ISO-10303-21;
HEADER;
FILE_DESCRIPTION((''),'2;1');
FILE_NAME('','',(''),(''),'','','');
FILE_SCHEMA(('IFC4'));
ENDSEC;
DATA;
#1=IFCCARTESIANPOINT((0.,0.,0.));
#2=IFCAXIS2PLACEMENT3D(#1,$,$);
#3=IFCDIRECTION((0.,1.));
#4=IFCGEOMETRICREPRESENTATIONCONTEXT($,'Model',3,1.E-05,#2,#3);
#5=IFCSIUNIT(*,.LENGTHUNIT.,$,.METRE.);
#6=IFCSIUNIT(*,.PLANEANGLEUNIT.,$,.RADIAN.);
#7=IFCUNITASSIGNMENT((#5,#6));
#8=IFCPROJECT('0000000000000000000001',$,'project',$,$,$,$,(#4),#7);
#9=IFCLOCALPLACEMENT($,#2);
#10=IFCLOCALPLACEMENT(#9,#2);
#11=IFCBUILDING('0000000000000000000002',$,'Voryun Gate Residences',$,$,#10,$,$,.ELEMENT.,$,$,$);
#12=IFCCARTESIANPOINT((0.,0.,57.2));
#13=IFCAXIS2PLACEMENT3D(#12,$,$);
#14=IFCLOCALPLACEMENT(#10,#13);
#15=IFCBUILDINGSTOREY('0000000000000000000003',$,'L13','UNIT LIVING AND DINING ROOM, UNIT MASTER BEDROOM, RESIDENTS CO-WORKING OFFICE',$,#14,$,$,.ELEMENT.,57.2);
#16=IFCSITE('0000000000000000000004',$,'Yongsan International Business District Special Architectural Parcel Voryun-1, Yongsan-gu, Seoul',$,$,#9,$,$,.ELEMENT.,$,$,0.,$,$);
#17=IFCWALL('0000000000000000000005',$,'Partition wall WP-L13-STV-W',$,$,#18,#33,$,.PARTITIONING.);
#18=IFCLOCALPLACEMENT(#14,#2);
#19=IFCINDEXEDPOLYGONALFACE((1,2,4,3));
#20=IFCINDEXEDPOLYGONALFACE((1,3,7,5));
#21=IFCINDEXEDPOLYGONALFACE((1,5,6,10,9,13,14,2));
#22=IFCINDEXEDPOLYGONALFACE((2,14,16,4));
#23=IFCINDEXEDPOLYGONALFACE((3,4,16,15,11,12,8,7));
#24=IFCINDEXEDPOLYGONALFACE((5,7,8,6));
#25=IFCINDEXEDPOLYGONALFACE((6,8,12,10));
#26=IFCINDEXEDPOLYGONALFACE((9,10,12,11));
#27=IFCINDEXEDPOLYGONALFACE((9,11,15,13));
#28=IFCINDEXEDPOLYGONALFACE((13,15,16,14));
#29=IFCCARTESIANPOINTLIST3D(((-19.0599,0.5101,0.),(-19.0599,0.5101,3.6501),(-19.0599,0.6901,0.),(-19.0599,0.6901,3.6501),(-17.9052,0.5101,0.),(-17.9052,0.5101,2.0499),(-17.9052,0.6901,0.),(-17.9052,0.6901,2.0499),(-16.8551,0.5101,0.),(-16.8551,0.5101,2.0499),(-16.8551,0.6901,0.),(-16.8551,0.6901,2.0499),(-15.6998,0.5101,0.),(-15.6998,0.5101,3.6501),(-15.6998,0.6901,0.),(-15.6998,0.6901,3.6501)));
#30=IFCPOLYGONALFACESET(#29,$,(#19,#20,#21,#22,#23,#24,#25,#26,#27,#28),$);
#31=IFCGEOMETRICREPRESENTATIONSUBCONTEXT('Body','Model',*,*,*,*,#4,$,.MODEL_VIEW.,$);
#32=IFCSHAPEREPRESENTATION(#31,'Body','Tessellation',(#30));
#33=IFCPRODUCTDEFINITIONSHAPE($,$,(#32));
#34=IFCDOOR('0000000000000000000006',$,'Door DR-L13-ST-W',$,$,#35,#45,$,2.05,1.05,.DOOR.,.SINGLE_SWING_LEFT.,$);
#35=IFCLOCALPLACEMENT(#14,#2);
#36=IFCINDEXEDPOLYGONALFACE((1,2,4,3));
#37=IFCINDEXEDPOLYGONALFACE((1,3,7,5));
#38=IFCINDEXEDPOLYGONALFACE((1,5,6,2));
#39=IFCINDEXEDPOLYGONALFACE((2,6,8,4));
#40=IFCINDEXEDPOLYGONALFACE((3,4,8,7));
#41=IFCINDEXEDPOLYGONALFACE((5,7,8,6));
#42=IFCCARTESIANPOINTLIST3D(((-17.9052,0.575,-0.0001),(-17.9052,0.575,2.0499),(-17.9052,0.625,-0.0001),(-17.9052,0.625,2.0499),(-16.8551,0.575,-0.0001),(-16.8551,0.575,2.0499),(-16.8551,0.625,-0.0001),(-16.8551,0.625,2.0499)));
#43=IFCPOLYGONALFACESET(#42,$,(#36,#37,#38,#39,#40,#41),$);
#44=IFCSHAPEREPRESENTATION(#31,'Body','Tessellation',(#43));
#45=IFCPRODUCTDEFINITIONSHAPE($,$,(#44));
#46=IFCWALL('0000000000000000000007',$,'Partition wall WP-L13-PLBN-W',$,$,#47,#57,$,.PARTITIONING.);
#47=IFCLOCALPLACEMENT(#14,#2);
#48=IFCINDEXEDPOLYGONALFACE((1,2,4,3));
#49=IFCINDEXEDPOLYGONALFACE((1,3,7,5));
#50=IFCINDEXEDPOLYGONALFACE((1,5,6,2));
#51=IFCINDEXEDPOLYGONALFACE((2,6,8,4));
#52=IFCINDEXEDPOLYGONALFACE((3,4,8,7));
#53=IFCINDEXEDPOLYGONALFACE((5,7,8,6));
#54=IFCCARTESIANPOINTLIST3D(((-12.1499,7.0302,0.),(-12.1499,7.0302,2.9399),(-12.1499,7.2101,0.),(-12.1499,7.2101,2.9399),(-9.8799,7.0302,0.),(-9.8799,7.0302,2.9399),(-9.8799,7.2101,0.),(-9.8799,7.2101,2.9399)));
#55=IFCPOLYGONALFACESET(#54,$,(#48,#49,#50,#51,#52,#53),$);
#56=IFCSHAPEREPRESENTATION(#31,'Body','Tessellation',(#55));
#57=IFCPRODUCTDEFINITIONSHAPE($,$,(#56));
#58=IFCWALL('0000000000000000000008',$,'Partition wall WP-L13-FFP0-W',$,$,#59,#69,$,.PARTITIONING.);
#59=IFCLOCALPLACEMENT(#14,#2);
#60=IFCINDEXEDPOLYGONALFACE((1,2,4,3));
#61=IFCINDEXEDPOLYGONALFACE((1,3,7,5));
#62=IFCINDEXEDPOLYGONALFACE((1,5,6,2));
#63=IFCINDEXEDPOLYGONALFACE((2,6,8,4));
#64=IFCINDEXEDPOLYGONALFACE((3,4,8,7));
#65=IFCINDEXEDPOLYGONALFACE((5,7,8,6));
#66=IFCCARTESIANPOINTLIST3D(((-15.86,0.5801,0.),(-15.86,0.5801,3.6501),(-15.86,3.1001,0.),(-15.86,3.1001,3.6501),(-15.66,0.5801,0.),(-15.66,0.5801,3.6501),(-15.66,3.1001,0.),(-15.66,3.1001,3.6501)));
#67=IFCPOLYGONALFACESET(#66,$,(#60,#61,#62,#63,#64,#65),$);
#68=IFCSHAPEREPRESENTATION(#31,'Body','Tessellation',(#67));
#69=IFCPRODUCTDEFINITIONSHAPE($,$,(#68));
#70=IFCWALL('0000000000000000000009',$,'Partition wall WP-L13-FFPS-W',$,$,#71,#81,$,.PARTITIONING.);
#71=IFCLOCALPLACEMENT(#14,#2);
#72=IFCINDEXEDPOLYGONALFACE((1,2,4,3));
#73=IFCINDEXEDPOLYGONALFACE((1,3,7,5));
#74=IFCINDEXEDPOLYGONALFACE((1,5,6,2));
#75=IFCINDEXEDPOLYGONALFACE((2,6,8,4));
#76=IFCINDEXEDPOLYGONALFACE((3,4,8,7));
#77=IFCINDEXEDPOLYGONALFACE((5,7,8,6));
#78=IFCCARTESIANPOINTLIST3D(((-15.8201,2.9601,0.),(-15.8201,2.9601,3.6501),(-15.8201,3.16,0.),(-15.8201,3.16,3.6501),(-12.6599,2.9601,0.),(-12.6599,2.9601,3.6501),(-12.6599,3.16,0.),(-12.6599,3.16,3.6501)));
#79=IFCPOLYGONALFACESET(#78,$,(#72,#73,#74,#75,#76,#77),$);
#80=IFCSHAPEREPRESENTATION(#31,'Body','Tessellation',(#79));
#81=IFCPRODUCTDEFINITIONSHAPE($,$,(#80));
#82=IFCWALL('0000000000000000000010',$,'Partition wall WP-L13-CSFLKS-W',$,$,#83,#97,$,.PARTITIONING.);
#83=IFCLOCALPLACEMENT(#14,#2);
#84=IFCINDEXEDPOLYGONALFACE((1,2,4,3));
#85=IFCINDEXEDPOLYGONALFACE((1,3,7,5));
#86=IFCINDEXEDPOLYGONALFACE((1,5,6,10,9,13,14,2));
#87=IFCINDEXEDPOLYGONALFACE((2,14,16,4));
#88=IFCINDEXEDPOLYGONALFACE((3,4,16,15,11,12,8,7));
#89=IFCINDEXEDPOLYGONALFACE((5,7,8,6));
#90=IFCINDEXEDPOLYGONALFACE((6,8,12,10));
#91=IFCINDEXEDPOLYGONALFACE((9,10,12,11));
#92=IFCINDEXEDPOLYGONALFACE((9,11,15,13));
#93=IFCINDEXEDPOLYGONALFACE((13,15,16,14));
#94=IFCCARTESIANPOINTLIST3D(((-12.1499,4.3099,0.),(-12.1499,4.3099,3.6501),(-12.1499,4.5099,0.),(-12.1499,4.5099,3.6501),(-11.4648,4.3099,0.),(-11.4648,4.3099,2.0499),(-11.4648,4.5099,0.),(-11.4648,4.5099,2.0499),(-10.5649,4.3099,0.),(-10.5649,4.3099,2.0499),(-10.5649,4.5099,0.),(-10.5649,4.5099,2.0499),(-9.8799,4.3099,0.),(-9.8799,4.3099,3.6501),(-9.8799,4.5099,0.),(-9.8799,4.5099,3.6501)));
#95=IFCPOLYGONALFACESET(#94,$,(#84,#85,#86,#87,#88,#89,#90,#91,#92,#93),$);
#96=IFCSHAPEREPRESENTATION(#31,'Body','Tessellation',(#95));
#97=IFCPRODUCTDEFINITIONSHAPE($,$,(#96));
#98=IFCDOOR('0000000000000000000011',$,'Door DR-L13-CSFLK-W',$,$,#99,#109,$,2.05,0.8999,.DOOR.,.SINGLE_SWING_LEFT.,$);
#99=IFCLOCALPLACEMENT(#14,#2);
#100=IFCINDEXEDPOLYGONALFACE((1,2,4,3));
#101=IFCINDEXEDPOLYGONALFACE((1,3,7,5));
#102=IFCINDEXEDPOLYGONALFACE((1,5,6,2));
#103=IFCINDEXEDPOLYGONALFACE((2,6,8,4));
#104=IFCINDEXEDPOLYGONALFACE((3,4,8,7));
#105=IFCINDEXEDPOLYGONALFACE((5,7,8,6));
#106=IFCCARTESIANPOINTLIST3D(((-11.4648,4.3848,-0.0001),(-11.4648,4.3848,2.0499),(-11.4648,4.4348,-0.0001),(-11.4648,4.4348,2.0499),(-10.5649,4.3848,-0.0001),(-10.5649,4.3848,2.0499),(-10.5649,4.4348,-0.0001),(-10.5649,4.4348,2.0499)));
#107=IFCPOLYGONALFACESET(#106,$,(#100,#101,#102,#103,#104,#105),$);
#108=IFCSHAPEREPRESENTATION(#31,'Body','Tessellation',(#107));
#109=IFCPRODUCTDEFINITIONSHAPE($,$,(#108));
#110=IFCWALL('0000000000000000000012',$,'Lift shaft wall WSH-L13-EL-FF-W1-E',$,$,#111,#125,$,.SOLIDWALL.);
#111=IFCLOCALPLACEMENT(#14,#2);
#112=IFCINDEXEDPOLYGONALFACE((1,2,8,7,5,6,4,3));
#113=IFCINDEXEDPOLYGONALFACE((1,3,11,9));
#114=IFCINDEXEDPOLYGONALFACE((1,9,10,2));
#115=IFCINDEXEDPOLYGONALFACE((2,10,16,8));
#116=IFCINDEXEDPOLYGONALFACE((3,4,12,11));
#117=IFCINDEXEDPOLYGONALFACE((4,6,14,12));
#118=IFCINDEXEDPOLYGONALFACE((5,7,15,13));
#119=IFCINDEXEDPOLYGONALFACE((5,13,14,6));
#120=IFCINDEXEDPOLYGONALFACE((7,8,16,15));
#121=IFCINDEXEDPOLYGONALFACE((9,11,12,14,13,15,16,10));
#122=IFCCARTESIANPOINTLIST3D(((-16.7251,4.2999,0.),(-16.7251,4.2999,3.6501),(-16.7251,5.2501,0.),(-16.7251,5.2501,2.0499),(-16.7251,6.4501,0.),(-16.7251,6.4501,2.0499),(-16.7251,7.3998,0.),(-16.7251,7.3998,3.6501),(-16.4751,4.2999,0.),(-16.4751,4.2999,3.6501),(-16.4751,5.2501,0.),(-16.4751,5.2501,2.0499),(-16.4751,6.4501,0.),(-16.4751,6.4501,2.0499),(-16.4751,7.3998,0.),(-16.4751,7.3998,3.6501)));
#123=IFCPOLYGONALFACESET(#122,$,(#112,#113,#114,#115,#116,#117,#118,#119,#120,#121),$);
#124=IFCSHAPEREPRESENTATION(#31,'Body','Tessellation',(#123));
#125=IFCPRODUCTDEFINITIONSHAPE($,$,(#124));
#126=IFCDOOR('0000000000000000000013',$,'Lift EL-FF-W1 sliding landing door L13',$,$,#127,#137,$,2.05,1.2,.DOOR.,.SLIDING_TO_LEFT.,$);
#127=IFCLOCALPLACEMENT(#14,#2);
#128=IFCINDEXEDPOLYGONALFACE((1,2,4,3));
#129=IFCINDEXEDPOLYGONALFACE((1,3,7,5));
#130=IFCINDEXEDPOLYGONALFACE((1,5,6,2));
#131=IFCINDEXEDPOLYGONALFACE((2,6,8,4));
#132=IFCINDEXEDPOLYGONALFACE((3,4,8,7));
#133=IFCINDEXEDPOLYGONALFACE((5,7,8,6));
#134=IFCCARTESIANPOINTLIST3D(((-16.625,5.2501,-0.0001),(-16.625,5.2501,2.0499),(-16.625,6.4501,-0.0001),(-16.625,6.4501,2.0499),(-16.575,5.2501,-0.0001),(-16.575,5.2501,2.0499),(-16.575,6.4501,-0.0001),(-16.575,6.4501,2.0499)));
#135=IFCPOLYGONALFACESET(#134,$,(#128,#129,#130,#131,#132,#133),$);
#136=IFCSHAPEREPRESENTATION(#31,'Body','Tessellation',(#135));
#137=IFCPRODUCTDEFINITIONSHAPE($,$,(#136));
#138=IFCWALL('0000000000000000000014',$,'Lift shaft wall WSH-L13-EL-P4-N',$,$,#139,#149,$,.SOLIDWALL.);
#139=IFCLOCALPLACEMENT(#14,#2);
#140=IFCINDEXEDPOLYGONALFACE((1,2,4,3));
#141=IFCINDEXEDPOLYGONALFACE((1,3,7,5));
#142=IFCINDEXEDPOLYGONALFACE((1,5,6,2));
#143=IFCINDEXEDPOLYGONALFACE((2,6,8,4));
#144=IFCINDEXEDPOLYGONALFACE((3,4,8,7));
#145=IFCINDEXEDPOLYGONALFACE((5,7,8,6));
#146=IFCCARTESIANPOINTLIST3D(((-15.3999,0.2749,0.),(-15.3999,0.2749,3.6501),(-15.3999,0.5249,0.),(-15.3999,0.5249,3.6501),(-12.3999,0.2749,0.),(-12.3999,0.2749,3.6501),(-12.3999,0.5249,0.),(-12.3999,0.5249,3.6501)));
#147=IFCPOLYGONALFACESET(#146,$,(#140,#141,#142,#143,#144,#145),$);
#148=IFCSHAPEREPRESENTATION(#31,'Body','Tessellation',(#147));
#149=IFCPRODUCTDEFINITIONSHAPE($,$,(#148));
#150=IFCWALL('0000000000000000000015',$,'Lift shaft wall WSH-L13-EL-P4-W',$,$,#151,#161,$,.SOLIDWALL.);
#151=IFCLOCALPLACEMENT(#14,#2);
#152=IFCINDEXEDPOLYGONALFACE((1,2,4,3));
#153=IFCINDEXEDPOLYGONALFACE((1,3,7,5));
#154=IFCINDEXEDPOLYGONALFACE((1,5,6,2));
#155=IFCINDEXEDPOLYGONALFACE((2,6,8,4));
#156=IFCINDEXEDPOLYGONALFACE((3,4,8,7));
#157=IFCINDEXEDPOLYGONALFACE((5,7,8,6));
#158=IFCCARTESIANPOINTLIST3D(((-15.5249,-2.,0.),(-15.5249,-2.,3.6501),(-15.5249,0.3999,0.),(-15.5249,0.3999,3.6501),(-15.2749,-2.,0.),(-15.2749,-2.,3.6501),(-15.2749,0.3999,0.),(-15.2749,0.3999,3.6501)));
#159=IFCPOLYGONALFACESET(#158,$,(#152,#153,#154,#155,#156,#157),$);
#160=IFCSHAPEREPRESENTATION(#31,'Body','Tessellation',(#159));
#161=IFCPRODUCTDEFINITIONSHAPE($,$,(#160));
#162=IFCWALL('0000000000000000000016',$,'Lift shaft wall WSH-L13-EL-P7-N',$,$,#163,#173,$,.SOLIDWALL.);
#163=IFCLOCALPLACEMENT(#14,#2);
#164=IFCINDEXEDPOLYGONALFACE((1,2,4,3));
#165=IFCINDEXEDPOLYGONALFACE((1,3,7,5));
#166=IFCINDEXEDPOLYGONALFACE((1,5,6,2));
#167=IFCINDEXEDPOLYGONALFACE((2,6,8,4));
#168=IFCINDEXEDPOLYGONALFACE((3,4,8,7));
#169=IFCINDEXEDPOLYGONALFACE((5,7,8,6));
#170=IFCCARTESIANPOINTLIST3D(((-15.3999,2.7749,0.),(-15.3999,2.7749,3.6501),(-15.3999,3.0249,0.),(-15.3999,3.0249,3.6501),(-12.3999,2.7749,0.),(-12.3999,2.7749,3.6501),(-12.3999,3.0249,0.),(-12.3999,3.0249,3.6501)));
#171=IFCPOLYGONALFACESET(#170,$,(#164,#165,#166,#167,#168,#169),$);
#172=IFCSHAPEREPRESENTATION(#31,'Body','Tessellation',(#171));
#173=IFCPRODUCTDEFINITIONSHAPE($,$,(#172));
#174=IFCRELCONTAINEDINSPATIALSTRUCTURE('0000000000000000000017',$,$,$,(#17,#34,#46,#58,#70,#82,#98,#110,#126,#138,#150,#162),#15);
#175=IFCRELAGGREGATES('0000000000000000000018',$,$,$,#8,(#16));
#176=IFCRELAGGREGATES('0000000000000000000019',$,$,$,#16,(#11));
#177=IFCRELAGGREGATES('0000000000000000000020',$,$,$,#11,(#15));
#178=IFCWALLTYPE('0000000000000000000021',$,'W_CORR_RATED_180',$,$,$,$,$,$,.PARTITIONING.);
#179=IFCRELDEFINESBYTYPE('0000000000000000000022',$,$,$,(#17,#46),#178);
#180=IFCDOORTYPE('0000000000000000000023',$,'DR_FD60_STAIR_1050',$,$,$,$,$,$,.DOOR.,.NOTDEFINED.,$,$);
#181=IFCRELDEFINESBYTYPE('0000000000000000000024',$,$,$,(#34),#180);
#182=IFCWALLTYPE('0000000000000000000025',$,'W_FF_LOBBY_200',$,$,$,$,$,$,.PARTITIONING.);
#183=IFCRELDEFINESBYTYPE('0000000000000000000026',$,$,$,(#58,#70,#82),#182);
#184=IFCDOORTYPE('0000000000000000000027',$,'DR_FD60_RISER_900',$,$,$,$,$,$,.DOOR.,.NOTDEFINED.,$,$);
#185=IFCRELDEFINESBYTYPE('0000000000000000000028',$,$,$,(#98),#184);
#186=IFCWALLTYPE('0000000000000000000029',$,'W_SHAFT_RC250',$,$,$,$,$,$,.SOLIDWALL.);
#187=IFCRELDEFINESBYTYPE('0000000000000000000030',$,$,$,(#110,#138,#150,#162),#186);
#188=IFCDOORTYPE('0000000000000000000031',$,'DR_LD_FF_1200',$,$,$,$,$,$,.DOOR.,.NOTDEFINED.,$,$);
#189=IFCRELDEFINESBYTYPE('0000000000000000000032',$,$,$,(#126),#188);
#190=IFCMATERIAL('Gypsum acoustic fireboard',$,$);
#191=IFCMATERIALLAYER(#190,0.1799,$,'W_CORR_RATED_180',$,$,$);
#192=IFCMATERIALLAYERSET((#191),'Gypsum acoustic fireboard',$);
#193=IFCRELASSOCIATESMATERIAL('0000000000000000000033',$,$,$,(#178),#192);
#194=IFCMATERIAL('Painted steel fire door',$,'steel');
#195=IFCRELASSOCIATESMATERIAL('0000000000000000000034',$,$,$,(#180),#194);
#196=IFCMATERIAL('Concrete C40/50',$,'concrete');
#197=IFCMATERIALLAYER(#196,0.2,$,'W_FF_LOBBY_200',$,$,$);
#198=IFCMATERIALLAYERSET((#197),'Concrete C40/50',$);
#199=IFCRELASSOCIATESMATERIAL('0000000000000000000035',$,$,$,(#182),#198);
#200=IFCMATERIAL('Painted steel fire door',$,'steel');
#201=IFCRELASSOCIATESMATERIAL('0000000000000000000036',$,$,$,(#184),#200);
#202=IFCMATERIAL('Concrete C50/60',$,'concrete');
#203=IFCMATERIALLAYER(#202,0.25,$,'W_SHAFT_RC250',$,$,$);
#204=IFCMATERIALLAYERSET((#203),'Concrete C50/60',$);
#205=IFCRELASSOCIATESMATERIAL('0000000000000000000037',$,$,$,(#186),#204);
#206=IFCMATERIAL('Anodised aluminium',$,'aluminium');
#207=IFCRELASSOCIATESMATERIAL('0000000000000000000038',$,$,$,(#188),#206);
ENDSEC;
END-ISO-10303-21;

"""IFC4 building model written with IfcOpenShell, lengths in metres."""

from ifc_helpers import new_model, si_unit, direction, frame, frame_2d, origin, place, context, subcontext, project, spatial, rectangle, extrude, material, layer, layer_set, type_object, element, fill, save


model = new_model("IFC4")

# Units and contexts
model_context = context("Model", 3, precision=1e-05, world=origin(), true_north=direction((0.0, 1.0)))
body_context = subcontext(model_context, "Body", "Model", "MODEL_VIEW")
ifc_project = project(units=[si_unit("LENGTHUNIT", "METRE"), si_unit("PLANEANGLEUNIT", "RADIAN")], contexts=[model_context])

# Site, building, storey
site_placement = place(None, origin())
site = spatial("IfcSite", under=ifc_project, at=site_placement, Name="Yongsan International Business District Special Architectural Parcel Voryun-1, Yongsan-gu, Seoul", CompositionType="ELEMENT", RefElevation=0.0)
building_placement = place(site_placement, origin())
building = spatial("IfcBuilding", under=site, at=building_placement, Name="Voryun Gate Residences", CompositionType="ELEMENT")
storey_placement = place(building_placement, frame((0.0, 0.0, 57.2)))
storey = spatial("IfcBuildingStorey", under=building, at=storey_placement, Name="L13", Description="UNIT LIVING AND DINING ROOM, UNIT MASTER BEDROOM, RESIDENTS CO-WORKING OFFICE", CompositionType="ELEMENT", Elevation=57.2)

# Wall, opening, door
ifc_material_1 = material(Name="Gypsum acoustic fireboard")
ifc_layer_1 = layer(ifc_material_1, 0.1799, Name="W_CORR_RATED_180")
ifc_layer_set_1 = layer_set([ifc_layer_1], Name="Gypsum acoustic fireboard")
wall_type_1 = type_object("IfcWallType", Name="W_CORR_RATED_180", PredefinedType="PARTITIONING", material=ifc_layer_set_1)
wall_1_placement = place(storey_placement, frame((-19.0601, 0.6001, 0.0), z_axis=(0.0, 0.0, 1.0), x_axis=(1.0, 0.0, 0.0)))
wall_1 = element("IfcWall", 1, at=wall_1_placement, inside=storey, type_object=wall_type_1, Name="Partition wall WP-L13-STV-W", PredefinedType="PARTITIONING", context=body_context, shape_type="SweptSolid", body=[
    extrude(rectangle(XDim=3.3601, YDim=0.1799, at=frame_2d((1.6802, 0.0))), origin(), (0.0, 0.0, 1.0), 3.6501),
])
opening_1_placement = place(wall_1_placement, frame((1.155, 0.0, 0.0)))
opening_1 = element("IfcOpeningElement", 2, at=opening_1_placement, cuts=wall_1, PredefinedType="OPENING", context=body_context, shape_type="SweptSolid", body=[
    extrude(rectangle(XDim=1.05, YDim=2.05, at=frame_2d((0.5249, 1.0249))), frame((0.0, 0.0999, 0.0), z_axis=(0.0, -1.0, 0.0), x_axis=(1.0, 0.0, 0.0)), (0.0, 0.0, 1.0), 0.2),
])
ifc_material_2 = material(Name="Painted steel fire door", Category="steel")
door_type_1 = type_object("IfcDoorType", Name="DR_FD60_STAIR_1050", OperationType="NOTDEFINED", PredefinedType="DOOR", material=ifc_material_2)
door_1_placement = place(opening_1_placement, origin())
door_1 = element("IfcDoor", 3, at=door_1_placement, inside=storey, type_object=door_type_1, Name="Door DR-L13-ST-W", OperationType="SINGLE_SWING_LEFT", OverallHeight=2.05, OverallWidth=1.05, PredefinedType="DOOR", context=body_context, shape_type="SweptSolid", body=[
    extrude(rectangle(XDim=1.05, YDim=2.05, at=frame_2d((0.5249, 1.0249))), frame((0.0, 0.0249, 0.0), z_axis=(0.0, -1.0, 0.0), x_axis=(1.0, 0.0, 0.0)), (0.0, 0.0, 1.0), 0.05),
])
fill(opening_1, door_1)

# Walls
wall_2_placement = place(storey_placement, frame((-12.1499, 7.1201, 0.0), z_axis=(0.0, 0.0, 1.0), x_axis=(1.0, 0.0, 0.0)))
element("IfcWall", 4, at=wall_2_placement, inside=storey, type_object=wall_type_1, Name="Partition wall WP-L13-PLBN-W", PredefinedType="PARTITIONING", context=body_context, shape_type="SweptSolid", body=[
    extrude(rectangle(XDim=2.27, YDim=0.1799, at=frame_2d((1.135, 0.0))), origin(), (0.0, 0.0, 1.0), 2.9399),
])
ifc_material_3 = material(Name="Concrete C40/50", Category="concrete")
ifc_layer_2 = layer(ifc_material_3, 0.2, Name="W_FF_LOBBY_200")
ifc_layer_set_2 = layer_set([ifc_layer_2], Name="Concrete C40/50")
wall_type_2 = type_object("IfcWallType", Name="W_FF_LOBBY_200", PredefinedType="PARTITIONING", material=ifc_layer_set_2)
wall_3_placement = place(storey_placement, frame((-15.76, 0.5801, 0.0), z_axis=(0.0, 0.0, 1.0), x_axis=(0.0, 1.0, 0.0)))
element("IfcWall", 5, at=wall_3_placement, inside=storey, type_object=wall_type_2, Name="Partition wall WP-L13-FFP0-W", PredefinedType="PARTITIONING", context=body_context, shape_type="SweptSolid", body=[
    extrude(rectangle(XDim=2.52, YDim=0.2, at=frame_2d((1.26, 0.0))), origin(), (0.0, 0.0, 1.0), 3.6501),
])
wall_4_placement = place(storey_placement, frame((-15.8201, 3.0601, 0.0), z_axis=(0.0, 0.0, 1.0), x_axis=(1.0, 0.0, 0.0)))
element("IfcWall", 6, at=wall_4_placement, inside=storey, type_object=wall_type_2, Name="Partition wall WP-L13-FFPS-W", PredefinedType="PARTITIONING", context=body_context, shape_type="SweptSolid", body=[
    extrude(rectangle(XDim=3.1602, YDim=0.2, at=frame_2d((1.5801, 0.0))), origin(), (0.0, 0.0, 1.0), 3.6501),
])

# Walls, openings, doors
wall_5_placement = place(storey_placement, frame((-12.1499, 4.4099, 0.0), z_axis=(0.0, 0.0, 1.0), x_axis=(1.0, 0.0, 0.0)))
wall_5 = element("IfcWall", 7, at=wall_5_placement, inside=storey, type_object=wall_type_2, Name="Partition wall WP-L13-CSFLKS-W", PredefinedType="PARTITIONING", context=body_context, shape_type="SweptSolid", body=[
    extrude(rectangle(XDim=2.27, YDim=0.2, at=frame_2d((1.135, 0.0))), origin(), (0.0, 0.0, 1.0), 3.6501),
])
opening_2_placement = place(wall_5_placement, frame((0.6851, 0.0, 0.0)))
opening_2 = element("IfcOpeningElement", 8, at=opening_2_placement, cuts=wall_5, PredefinedType="OPENING", context=body_context, shape_type="SweptSolid", body=[
    extrude(rectangle(XDim=0.8999, YDim=2.05, at=frame_2d((0.45, 1.0249))), frame((0.0, 0.1101, 0.0), z_axis=(0.0, -1.0, 0.0), x_axis=(1.0, 0.0, 0.0)), (0.0, 0.0, 1.0), 0.22),
])
ifc_material_4 = material(Name="Painted steel fire door", Category="steel")
door_type_2 = type_object("IfcDoorType", Name="DR_FD60_RISER_900", OperationType="NOTDEFINED", PredefinedType="DOOR", material=ifc_material_4)
door_2_placement = place(opening_2_placement, origin())
door_2 = element("IfcDoor", 9, at=door_2_placement, inside=storey, type_object=door_type_2, Name="Door DR-L13-CSFLK-W", OperationType="SINGLE_SWING_LEFT", OverallHeight=2.05, OverallWidth=0.8999, PredefinedType="DOOR", context=body_context, shape_type="SweptSolid", body=[
    extrude(rectangle(XDim=0.8999, YDim=2.05, at=frame_2d((0.45, 1.0249))), frame((0.0, 0.0249, 0.0), z_axis=(0.0, -1.0, 0.0), x_axis=(1.0, 0.0, 0.0)), (0.0, 0.0, 1.0), 0.05),
])
fill(opening_2, door_2)
ifc_material_5 = material(Name="Concrete C50/60", Category="concrete")
ifc_layer_3 = layer(ifc_material_5, 0.25, Name="W_SHAFT_RC250")
ifc_layer_set_3 = layer_set([ifc_layer_3], Name="Concrete C50/60")
wall_type_3 = type_object("IfcWallType", Name="W_SHAFT_RC250", PredefinedType="SOLIDWALL", material=ifc_layer_set_3)
wall_6_placement = place(storey_placement, frame((-16.6001, 4.3, 0.0), z_axis=(0.0, 0.0, 1.0), x_axis=(0.0, 1.0, 0.0)))
wall_6 = element("IfcWall", 10, at=wall_6_placement, inside=storey, type_object=wall_type_3, Name="Lift shaft wall WSH-L13-EL-FF-W1-E", PredefinedType="SOLIDWALL", context=body_context, shape_type="SweptSolid", body=[
    extrude(rectangle(XDim=3.0999, YDim=0.25, at=frame_2d((1.5498, 0.0))), origin(), (0.0, 0.0, 1.0), 3.6501),
])
opening_3_placement = place(wall_6_placement, frame((0.95, 0.0, 0.0)))
opening_3 = element("IfcOpeningElement", 11, at=opening_3_placement, cuts=wall_6, PredefinedType="OPENING", context=body_context, shape_type="SweptSolid", body=[
    extrude(rectangle(XDim=1.2, YDim=2.05, at=frame_2d((0.6001, 1.0249))), frame((0.0, 0.135, 0.0), z_axis=(0.0, -1.0, 0.0), x_axis=(1.0, 0.0, 0.0)), (0.0, 0.0, 1.0), 0.27),
])
ifc_material_6 = material(Name="Anodised aluminium", Category="aluminium")
door_type_3 = type_object("IfcDoorType", Name="DR_LD_FF_1200", OperationType="NOTDEFINED", PredefinedType="DOOR", material=ifc_material_6)
door_3_placement = place(opening_3_placement, origin())
door_3 = element("IfcDoor", 12, at=door_3_placement, inside=storey, type_object=door_type_3, Name="Lift EL-FF-W1 sliding landing door L13", OperationType="SLIDING_TO_LEFT", OverallHeight=2.05, OverallWidth=1.2, PredefinedType="DOOR", context=body_context, shape_type="SweptSolid", body=[
    extrude(rectangle(XDim=1.2, YDim=2.05, at=frame_2d((0.6001, 1.0249))), frame((0.0, 0.0249, 0.0), z_axis=(0.0, -1.0, 0.0), x_axis=(1.0, 0.0, 0.0)), (0.0, 0.0, 1.0), 0.05),
])
fill(opening_3, door_3)

# Walls
wall_7_placement = place(storey_placement, frame((-12.3999, 0.3999, 0.0), z_axis=(0.0, 0.0, 1.0), x_axis=(-1.0, 0.0, 0.0)))
element("IfcWall", 13, at=wall_7_placement, inside=storey, type_object=wall_type_3, Name="Lift shaft wall WSH-L13-EL-P4-N", PredefinedType="SOLIDWALL", context=body_context, shape_type="SweptSolid", body=[
    extrude(rectangle(XDim=3.0, YDim=0.25, at=frame_2d((1.5, 0.0))), origin(), (0.0, 0.0, 1.0), 3.6501),
])
wall_8_placement = place(storey_placement, frame((-15.3999, 0.3999, 0.0), z_axis=(0.0, 0.0, 1.0), x_axis=(0.0, -1.0, 0.0)))
element("IfcWall", 14, at=wall_8_placement, inside=storey, type_object=wall_type_3, Name="Lift shaft wall WSH-L13-EL-P4-W", PredefinedType="SOLIDWALL", context=body_context, shape_type="SweptSolid", body=[
    extrude(rectangle(XDim=2.3999, YDim=0.25, at=frame_2d((1.2, 0.0))), origin(), (0.0, 0.0, 1.0), 3.6501),
])
wall_9_placement = place(storey_placement, frame((-12.3999, 2.8999, 0.0), z_axis=(0.0, 0.0, 1.0), x_axis=(-1.0, 0.0, 0.0)))
element("IfcWall", 15, at=wall_9_placement, inside=storey, type_object=wall_type_3, Name="Lift shaft wall WSH-L13-EL-P7-N", PredefinedType="SOLIDWALL", context=body_context, shape_type="SweptSolid", body=[
    extrude(rectangle(XDim=3.0, YDim=0.25, at=frame_2d((1.5, 0.0))), origin(), (0.0, 0.0, 1.0), 3.6501),
])

save(model, "model.ifc")
